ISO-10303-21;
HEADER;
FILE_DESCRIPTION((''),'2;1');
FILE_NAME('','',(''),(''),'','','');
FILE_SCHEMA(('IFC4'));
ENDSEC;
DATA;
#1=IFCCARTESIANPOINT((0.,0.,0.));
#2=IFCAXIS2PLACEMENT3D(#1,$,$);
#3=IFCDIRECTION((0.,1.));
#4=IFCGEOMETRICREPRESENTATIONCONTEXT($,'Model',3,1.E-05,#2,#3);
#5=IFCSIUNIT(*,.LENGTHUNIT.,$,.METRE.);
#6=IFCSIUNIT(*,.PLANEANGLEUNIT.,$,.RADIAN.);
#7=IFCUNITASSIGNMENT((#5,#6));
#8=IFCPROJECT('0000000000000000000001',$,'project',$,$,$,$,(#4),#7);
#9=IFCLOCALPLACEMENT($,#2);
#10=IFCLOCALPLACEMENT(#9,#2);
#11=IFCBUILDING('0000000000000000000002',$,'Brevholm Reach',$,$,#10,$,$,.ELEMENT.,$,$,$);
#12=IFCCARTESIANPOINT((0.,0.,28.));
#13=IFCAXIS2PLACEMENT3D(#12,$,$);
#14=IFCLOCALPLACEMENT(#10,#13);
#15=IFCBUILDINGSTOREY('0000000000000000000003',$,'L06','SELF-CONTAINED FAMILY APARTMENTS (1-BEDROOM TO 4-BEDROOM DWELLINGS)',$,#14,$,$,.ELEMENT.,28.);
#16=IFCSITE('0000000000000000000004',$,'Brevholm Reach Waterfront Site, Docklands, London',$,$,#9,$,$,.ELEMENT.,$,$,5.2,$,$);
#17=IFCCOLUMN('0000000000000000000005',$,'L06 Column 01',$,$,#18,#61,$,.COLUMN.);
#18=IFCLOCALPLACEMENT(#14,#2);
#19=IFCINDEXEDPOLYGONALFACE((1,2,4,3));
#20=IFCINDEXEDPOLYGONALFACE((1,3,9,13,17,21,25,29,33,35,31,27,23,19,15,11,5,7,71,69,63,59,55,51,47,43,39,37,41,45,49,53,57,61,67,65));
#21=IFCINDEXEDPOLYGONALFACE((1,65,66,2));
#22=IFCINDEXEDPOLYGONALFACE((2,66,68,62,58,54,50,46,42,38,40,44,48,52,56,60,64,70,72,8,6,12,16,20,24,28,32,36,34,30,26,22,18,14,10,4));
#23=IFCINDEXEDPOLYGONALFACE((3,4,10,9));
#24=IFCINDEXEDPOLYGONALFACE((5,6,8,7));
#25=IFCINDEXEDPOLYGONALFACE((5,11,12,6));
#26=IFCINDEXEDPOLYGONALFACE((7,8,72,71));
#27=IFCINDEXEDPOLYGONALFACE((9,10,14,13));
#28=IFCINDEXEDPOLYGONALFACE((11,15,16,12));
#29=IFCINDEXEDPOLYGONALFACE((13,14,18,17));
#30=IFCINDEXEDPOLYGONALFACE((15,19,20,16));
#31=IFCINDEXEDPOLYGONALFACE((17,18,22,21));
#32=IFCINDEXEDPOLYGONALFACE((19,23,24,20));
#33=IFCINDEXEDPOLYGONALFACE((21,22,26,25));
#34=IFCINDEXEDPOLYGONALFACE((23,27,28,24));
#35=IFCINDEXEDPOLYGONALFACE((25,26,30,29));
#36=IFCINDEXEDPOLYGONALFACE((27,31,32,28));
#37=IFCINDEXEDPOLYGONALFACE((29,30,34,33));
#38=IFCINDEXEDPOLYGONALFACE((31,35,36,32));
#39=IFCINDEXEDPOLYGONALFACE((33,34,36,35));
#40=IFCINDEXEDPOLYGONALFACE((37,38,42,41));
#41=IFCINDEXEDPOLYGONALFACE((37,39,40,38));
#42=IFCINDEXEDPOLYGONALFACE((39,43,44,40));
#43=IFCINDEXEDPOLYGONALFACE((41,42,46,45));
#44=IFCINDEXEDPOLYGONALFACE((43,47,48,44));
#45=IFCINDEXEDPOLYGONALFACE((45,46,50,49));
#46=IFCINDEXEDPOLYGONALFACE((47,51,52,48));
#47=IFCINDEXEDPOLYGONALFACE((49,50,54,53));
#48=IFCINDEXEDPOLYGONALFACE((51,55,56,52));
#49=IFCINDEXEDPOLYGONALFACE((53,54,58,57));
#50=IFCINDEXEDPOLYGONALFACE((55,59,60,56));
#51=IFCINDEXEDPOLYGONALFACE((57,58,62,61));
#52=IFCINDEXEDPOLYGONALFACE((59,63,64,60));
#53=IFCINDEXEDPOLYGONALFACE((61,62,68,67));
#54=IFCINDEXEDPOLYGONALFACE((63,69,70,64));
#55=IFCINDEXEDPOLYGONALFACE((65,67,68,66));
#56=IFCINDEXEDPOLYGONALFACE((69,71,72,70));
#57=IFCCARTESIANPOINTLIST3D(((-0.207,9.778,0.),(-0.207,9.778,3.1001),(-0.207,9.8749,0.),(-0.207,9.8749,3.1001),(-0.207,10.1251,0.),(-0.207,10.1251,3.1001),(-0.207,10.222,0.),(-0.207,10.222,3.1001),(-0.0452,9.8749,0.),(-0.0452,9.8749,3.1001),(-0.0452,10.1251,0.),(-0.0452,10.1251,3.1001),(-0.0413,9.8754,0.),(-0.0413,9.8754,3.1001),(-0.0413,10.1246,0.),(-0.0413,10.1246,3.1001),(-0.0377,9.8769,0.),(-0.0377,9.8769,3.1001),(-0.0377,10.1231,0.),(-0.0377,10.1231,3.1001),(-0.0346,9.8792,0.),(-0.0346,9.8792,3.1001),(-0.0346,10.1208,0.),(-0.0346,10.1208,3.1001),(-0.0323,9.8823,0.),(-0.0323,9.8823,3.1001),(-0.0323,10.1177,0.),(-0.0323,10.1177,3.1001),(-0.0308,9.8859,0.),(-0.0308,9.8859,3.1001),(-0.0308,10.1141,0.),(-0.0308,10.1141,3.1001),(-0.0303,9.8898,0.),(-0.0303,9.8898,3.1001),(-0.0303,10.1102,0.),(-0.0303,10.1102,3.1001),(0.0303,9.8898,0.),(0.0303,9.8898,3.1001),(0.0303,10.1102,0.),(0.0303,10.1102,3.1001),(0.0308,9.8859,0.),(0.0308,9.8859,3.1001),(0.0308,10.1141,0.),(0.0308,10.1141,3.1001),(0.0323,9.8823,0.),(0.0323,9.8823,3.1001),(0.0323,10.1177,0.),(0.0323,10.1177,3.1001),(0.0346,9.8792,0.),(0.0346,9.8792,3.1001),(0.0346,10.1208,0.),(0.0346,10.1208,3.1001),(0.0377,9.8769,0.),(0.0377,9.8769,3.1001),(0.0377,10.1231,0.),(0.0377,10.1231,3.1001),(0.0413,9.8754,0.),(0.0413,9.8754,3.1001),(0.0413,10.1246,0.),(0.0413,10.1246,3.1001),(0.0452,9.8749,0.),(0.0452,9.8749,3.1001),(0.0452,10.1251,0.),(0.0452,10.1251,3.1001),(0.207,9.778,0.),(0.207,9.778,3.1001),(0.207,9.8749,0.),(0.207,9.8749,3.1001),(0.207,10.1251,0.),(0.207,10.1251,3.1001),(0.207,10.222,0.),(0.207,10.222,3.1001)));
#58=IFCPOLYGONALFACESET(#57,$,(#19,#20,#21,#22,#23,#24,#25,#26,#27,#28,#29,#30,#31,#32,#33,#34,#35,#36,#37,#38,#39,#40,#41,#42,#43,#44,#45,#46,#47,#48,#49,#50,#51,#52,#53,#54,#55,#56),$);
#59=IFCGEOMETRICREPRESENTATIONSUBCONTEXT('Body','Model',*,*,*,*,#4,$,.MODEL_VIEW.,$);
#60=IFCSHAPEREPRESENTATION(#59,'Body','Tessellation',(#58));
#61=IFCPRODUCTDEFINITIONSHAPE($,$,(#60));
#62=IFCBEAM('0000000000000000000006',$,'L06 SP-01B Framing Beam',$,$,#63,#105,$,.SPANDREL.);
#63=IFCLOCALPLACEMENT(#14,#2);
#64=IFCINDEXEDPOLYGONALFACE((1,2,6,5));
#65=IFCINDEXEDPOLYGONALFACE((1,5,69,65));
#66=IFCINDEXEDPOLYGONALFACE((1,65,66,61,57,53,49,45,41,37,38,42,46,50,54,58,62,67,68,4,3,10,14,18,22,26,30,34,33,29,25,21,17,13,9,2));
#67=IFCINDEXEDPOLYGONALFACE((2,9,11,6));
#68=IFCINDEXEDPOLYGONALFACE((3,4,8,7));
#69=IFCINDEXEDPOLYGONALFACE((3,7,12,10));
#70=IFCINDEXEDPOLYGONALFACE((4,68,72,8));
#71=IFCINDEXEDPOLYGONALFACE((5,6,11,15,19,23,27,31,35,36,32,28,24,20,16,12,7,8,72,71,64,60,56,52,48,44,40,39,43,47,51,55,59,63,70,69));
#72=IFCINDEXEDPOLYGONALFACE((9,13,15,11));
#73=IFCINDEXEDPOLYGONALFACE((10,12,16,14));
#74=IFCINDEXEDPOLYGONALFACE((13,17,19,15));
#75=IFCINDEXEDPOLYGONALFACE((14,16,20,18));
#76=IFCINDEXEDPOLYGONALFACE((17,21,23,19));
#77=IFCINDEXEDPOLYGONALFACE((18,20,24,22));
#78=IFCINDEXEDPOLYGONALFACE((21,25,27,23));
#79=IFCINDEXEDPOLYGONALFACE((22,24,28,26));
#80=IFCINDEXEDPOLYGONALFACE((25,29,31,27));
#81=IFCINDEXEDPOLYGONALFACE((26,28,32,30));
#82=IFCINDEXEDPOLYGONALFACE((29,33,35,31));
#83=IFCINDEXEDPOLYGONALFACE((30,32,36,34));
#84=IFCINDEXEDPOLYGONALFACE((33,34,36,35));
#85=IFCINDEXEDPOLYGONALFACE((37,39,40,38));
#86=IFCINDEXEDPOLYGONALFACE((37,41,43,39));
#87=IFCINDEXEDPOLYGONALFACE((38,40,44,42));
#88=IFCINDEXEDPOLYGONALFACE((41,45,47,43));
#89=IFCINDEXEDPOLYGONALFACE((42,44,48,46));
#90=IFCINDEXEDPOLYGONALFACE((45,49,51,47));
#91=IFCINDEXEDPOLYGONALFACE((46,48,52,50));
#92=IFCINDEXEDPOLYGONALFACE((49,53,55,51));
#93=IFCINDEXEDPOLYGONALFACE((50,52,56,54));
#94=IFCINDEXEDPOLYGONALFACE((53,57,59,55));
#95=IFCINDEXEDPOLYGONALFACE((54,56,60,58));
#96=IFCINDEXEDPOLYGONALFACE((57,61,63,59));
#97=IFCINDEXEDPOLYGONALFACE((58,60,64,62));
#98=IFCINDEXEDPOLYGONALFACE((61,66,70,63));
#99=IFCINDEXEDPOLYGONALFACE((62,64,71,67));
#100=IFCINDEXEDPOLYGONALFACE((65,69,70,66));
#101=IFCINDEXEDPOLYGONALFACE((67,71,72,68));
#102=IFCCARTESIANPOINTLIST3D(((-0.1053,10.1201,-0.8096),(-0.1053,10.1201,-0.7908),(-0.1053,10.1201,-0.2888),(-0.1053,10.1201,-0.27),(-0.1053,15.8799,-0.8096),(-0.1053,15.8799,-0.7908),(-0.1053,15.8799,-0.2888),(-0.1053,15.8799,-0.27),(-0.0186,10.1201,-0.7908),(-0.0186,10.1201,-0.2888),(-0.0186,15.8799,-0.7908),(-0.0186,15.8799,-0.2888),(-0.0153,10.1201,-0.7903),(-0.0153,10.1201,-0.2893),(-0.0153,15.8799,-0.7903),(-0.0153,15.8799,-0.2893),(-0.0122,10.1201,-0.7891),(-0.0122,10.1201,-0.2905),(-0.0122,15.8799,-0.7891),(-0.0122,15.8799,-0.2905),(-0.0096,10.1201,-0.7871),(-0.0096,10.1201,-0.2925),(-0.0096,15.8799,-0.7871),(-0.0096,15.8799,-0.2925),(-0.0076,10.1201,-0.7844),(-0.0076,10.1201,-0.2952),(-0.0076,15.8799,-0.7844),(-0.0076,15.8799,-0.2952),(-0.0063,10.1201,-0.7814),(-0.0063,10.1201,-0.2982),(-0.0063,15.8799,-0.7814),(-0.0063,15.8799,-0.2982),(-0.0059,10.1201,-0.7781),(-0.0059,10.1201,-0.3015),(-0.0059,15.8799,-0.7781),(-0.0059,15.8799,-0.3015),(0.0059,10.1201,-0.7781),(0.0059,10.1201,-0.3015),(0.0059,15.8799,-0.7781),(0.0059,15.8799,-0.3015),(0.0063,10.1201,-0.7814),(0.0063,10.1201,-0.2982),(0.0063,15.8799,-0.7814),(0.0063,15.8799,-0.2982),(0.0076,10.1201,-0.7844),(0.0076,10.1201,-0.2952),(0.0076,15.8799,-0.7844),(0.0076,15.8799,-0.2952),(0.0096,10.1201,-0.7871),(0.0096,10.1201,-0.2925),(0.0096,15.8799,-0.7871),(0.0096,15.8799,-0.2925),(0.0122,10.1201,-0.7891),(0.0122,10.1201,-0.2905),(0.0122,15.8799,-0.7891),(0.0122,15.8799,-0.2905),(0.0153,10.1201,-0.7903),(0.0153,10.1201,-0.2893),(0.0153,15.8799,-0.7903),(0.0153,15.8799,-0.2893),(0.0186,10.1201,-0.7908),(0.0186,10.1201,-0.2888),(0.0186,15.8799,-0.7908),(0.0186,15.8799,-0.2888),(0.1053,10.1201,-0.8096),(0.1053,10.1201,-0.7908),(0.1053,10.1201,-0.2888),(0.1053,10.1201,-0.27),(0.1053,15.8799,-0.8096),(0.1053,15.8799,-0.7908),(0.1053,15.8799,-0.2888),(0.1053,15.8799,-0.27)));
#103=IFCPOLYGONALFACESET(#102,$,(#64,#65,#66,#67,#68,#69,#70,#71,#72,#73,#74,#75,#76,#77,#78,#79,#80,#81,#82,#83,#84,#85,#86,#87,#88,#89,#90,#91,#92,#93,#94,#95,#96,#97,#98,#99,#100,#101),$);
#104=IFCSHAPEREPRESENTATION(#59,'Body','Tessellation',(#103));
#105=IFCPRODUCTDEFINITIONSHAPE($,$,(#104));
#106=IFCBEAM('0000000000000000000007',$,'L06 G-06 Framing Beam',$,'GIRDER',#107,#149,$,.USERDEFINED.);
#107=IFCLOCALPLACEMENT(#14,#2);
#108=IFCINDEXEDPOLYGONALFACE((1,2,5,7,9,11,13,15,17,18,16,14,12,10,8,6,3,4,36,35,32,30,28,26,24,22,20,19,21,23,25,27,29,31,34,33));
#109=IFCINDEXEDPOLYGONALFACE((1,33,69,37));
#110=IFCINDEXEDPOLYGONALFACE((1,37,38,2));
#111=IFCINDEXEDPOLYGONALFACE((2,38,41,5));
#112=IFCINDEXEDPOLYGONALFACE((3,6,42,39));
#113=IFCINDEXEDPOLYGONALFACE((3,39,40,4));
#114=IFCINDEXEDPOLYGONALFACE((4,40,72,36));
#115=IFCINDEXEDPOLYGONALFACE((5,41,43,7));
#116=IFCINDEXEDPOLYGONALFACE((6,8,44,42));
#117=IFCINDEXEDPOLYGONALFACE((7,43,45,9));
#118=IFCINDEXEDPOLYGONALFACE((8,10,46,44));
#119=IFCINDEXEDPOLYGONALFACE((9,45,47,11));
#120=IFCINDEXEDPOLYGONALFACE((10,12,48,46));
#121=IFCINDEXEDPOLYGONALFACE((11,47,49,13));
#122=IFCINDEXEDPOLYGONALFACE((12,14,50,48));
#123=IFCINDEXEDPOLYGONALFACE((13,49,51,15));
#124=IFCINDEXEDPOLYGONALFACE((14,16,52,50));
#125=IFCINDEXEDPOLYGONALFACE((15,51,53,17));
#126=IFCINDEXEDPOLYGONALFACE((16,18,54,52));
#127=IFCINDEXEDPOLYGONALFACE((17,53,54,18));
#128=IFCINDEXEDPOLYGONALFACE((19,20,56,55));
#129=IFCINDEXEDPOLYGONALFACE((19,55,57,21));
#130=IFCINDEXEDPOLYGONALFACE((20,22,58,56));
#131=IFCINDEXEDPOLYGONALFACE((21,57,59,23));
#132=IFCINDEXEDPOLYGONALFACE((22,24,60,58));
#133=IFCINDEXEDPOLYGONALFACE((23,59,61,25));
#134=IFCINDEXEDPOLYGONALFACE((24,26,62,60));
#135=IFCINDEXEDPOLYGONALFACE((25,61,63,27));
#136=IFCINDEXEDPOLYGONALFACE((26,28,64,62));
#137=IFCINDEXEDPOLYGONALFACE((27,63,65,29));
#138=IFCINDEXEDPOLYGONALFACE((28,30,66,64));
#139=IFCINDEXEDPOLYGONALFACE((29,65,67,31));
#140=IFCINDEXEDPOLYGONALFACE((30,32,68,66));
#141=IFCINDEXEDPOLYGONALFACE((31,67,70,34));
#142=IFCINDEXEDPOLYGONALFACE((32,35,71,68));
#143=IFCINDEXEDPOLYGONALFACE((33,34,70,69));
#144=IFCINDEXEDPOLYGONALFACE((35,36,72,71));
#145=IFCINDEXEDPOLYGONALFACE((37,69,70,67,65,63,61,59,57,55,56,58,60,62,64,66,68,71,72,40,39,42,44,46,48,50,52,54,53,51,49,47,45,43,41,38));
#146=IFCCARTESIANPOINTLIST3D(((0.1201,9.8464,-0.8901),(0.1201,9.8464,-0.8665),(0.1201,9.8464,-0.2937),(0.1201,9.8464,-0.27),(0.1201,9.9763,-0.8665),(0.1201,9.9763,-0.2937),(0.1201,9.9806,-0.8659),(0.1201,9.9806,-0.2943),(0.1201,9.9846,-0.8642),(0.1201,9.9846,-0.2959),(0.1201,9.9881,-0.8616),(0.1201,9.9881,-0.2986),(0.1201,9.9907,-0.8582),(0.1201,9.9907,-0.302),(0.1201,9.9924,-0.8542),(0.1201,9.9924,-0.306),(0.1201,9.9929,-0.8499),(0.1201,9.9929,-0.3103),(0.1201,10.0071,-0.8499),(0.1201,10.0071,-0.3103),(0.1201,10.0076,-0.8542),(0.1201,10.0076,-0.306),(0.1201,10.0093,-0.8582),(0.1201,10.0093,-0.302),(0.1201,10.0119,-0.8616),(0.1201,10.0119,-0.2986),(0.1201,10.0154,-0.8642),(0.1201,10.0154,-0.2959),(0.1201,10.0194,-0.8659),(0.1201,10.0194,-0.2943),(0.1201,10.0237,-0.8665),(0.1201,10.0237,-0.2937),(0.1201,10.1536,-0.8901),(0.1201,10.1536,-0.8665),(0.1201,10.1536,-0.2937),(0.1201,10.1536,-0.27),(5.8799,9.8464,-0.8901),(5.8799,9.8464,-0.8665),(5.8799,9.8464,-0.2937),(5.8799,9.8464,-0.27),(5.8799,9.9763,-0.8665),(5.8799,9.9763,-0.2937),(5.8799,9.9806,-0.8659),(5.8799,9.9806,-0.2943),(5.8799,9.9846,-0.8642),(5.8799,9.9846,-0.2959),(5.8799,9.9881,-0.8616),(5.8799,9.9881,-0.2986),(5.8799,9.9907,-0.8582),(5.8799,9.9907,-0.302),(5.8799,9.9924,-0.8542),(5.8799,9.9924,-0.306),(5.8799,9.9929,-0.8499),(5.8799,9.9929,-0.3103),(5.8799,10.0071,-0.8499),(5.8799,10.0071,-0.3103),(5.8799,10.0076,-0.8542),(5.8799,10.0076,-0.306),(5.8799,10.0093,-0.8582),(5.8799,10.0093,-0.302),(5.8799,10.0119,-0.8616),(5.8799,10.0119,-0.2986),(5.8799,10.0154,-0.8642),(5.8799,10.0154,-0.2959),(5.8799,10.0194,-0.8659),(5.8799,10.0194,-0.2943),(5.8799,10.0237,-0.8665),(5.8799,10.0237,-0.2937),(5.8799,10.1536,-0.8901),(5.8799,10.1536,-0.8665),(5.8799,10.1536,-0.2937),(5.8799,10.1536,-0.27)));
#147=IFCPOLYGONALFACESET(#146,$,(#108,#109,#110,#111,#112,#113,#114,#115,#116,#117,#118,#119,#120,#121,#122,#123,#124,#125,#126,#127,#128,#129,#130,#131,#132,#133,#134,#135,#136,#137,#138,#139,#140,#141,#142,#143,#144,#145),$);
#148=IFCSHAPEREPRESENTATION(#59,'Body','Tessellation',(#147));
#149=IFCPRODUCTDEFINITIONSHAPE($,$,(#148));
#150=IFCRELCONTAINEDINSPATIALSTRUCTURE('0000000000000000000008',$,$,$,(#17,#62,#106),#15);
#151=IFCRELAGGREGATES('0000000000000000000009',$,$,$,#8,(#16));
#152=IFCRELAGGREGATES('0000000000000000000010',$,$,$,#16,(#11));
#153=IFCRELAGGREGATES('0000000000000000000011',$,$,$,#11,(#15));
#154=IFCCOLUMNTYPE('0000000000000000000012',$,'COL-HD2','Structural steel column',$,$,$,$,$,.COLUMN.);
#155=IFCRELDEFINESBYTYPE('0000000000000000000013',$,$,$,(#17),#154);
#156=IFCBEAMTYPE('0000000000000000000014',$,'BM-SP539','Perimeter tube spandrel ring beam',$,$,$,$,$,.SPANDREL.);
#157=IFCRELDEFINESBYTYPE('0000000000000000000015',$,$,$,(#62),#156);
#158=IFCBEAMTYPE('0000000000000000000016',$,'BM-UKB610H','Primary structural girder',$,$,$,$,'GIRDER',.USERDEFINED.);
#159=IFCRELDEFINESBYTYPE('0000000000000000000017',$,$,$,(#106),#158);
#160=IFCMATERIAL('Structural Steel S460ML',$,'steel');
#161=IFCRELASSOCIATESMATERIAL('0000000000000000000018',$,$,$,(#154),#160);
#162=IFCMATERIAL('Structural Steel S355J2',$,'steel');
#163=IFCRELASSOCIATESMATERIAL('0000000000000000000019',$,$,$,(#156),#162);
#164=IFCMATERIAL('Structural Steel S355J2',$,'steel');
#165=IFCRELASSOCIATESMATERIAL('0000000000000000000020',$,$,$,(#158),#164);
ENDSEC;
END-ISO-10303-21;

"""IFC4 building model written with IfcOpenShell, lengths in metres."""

from ifc_helpers import new_model, si_unit, direction, frame, origin, origin_2d, place, context, subcontext, project, spatial, i_section, extrude, material, material_profile, profile_set, type_object, element, save


model = new_model("IFC4")

# Units and contexts
model_context = context("Model", 3, precision=1e-05, world=origin(), true_north=direction((0.0, 1.0)))
body_context = subcontext(model_context, "Body", "Model", "MODEL_VIEW")
ifc_project = project(units=[si_unit("LENGTHUNIT", "METRE"), si_unit("PLANEANGLEUNIT", "RADIAN")], contexts=[model_context])

# Site, building, storey
site_placement = place(None, origin())
site = spatial("IfcSite", under=ifc_project, at=site_placement, Name="Brevholm Reach Waterfront Site, Docklands, London", CompositionType="ELEMENT", RefElevation=5.2)
building_placement = place(site_placement, origin())
building = spatial("IfcBuilding", under=site, at=building_placement, Name="Brevholm Reach", CompositionType="ELEMENT")
storey_placement = place(building_placement, frame((0.0, 0.0, 28.0)))
storey = spatial("IfcBuildingStorey", under=building, at=storey_placement, Name="L06", Description="SELF-CONTAINED FAMILY APARTMENTS (1-BEDROOM TO 4-BEDROOM DWELLINGS)", CompositionType="ELEMENT", Elevation=28.0)

# Column
ifc_material_1 = material(Name="Structural Steel S460ML", Category="steel")
ifc_material_profile_1 = material_profile(ifc_material_1, i_section(OverallWidth=0.4141, OverallDepth=0.4441, WebThickness=0.0605, FlangeThickness=0.0969, FilletRadius=0.0149, at=origin_2d()), Name="HD 400x818")
ifc_profile_set_1 = profile_set([ifc_material_profile_1], Name="Structural Steel S460ML")
column_type = type_object("IfcColumnType", Name="COL-HD2", Description="Structural steel column", PredefinedType="COLUMN", material=ifc_profile_set_1)
column_placement = place(storey_placement, frame((0.0, 10.0, 0.0), z_axis=(0.0, 0.0, 1.0), x_axis=(1.0, 0.0, 0.0)))
element("IfcColumn", 1, at=column_placement, inside=storey, type_object=column_type, Name="L06 Column 01", PredefinedType="COLUMN", context=body_context, shape_type="SweptSolid", body=[
    extrude(i_section(OverallWidth=0.4141, OverallDepth=0.4441, WebThickness=0.0605, FlangeThickness=0.0969, FilletRadius=0.0149, at=origin_2d()), origin(), (0.0, 0.0, 1.0), 3.1001),
])

# Beams
ifc_material_2 = material(Name="Structural Steel S355J2", Category="steel")
ifc_material_profile_2 = material_profile(ifc_material_2, i_section(OverallWidth=0.2107, OverallDepth=0.5396, WebThickness=0.0117, FlangeThickness=0.0188, FilletRadius=0.0127, at=origin_2d()), Name="UKB 533x210x109")
ifc_profile_set_2 = profile_set([ifc_material_profile_2], Name="Structural Steel S355J2")
beam_type_1 = type_object("IfcBeamType", Name="BM-SP539", Description="Perimeter tube spandrel ring beam", PredefinedType="SPANDREL", material=ifc_profile_set_2)
beam_1_placement = place(storey_placement, frame((0.0, 10.1201, -0.5398), z_axis=(0.0, 1.0, 0.0), x_axis=(-1.0, 0.0, 0.0)))
element("IfcBeam", 2, at=beam_1_placement, inside=storey, type_object=beam_type_1, Name="L06 SP-01B Framing Beam", PredefinedType="SPANDREL", context=body_context, shape_type="SweptSolid", body=[
    extrude(i_section(OverallWidth=0.2107, OverallDepth=0.5396, WebThickness=0.0117, FlangeThickness=0.0188, FilletRadius=0.0127, at=origin_2d()), origin(), (0.0, 0.0, 1.0), 5.7598),
])
ifc_material_3 = material(Name="Structural Steel S355J2", Category="steel")
ifc_material_profile_3 = material_profile(ifc_material_3, i_section(OverallWidth=0.3071, OverallDepth=0.6201, WebThickness=0.0142, FlangeThickness=0.0237, FilletRadius=0.0166, at=origin_2d()), Name="UKB 610x305x179")
ifc_profile_set_3 = profile_set([ifc_material_profile_3], Name="Structural Steel S355J2")
beam_type_2 = type_object("IfcBeamType", Name="BM-UKB610H", Description="Primary structural girder", ElementType="GIRDER", PredefinedType="USERDEFINED", material=ifc_profile_set_3)
beam_2_placement = place(storey_placement, frame((0.1201, 10.0, -0.5801), z_axis=(1.0, 0.0, 0.0), x_axis=(0.0, 1.0, 0.0)))
element("IfcBeam", 3, at=beam_2_placement, inside=storey, type_object=beam_type_2, Name="L06 G-06 Framing Beam", ObjectType="GIRDER", PredefinedType="USERDEFINED", context=body_context, shape_type="SweptSolid", body=[
    extrude(i_section(OverallWidth=0.3071, OverallDepth=0.6201, WebThickness=0.0142, FlangeThickness=0.0237, FilletRadius=0.0166, at=origin_2d()), origin(), (0.0, 0.0, 1.0), 5.7598),
])

save(model, "model.ifc")
